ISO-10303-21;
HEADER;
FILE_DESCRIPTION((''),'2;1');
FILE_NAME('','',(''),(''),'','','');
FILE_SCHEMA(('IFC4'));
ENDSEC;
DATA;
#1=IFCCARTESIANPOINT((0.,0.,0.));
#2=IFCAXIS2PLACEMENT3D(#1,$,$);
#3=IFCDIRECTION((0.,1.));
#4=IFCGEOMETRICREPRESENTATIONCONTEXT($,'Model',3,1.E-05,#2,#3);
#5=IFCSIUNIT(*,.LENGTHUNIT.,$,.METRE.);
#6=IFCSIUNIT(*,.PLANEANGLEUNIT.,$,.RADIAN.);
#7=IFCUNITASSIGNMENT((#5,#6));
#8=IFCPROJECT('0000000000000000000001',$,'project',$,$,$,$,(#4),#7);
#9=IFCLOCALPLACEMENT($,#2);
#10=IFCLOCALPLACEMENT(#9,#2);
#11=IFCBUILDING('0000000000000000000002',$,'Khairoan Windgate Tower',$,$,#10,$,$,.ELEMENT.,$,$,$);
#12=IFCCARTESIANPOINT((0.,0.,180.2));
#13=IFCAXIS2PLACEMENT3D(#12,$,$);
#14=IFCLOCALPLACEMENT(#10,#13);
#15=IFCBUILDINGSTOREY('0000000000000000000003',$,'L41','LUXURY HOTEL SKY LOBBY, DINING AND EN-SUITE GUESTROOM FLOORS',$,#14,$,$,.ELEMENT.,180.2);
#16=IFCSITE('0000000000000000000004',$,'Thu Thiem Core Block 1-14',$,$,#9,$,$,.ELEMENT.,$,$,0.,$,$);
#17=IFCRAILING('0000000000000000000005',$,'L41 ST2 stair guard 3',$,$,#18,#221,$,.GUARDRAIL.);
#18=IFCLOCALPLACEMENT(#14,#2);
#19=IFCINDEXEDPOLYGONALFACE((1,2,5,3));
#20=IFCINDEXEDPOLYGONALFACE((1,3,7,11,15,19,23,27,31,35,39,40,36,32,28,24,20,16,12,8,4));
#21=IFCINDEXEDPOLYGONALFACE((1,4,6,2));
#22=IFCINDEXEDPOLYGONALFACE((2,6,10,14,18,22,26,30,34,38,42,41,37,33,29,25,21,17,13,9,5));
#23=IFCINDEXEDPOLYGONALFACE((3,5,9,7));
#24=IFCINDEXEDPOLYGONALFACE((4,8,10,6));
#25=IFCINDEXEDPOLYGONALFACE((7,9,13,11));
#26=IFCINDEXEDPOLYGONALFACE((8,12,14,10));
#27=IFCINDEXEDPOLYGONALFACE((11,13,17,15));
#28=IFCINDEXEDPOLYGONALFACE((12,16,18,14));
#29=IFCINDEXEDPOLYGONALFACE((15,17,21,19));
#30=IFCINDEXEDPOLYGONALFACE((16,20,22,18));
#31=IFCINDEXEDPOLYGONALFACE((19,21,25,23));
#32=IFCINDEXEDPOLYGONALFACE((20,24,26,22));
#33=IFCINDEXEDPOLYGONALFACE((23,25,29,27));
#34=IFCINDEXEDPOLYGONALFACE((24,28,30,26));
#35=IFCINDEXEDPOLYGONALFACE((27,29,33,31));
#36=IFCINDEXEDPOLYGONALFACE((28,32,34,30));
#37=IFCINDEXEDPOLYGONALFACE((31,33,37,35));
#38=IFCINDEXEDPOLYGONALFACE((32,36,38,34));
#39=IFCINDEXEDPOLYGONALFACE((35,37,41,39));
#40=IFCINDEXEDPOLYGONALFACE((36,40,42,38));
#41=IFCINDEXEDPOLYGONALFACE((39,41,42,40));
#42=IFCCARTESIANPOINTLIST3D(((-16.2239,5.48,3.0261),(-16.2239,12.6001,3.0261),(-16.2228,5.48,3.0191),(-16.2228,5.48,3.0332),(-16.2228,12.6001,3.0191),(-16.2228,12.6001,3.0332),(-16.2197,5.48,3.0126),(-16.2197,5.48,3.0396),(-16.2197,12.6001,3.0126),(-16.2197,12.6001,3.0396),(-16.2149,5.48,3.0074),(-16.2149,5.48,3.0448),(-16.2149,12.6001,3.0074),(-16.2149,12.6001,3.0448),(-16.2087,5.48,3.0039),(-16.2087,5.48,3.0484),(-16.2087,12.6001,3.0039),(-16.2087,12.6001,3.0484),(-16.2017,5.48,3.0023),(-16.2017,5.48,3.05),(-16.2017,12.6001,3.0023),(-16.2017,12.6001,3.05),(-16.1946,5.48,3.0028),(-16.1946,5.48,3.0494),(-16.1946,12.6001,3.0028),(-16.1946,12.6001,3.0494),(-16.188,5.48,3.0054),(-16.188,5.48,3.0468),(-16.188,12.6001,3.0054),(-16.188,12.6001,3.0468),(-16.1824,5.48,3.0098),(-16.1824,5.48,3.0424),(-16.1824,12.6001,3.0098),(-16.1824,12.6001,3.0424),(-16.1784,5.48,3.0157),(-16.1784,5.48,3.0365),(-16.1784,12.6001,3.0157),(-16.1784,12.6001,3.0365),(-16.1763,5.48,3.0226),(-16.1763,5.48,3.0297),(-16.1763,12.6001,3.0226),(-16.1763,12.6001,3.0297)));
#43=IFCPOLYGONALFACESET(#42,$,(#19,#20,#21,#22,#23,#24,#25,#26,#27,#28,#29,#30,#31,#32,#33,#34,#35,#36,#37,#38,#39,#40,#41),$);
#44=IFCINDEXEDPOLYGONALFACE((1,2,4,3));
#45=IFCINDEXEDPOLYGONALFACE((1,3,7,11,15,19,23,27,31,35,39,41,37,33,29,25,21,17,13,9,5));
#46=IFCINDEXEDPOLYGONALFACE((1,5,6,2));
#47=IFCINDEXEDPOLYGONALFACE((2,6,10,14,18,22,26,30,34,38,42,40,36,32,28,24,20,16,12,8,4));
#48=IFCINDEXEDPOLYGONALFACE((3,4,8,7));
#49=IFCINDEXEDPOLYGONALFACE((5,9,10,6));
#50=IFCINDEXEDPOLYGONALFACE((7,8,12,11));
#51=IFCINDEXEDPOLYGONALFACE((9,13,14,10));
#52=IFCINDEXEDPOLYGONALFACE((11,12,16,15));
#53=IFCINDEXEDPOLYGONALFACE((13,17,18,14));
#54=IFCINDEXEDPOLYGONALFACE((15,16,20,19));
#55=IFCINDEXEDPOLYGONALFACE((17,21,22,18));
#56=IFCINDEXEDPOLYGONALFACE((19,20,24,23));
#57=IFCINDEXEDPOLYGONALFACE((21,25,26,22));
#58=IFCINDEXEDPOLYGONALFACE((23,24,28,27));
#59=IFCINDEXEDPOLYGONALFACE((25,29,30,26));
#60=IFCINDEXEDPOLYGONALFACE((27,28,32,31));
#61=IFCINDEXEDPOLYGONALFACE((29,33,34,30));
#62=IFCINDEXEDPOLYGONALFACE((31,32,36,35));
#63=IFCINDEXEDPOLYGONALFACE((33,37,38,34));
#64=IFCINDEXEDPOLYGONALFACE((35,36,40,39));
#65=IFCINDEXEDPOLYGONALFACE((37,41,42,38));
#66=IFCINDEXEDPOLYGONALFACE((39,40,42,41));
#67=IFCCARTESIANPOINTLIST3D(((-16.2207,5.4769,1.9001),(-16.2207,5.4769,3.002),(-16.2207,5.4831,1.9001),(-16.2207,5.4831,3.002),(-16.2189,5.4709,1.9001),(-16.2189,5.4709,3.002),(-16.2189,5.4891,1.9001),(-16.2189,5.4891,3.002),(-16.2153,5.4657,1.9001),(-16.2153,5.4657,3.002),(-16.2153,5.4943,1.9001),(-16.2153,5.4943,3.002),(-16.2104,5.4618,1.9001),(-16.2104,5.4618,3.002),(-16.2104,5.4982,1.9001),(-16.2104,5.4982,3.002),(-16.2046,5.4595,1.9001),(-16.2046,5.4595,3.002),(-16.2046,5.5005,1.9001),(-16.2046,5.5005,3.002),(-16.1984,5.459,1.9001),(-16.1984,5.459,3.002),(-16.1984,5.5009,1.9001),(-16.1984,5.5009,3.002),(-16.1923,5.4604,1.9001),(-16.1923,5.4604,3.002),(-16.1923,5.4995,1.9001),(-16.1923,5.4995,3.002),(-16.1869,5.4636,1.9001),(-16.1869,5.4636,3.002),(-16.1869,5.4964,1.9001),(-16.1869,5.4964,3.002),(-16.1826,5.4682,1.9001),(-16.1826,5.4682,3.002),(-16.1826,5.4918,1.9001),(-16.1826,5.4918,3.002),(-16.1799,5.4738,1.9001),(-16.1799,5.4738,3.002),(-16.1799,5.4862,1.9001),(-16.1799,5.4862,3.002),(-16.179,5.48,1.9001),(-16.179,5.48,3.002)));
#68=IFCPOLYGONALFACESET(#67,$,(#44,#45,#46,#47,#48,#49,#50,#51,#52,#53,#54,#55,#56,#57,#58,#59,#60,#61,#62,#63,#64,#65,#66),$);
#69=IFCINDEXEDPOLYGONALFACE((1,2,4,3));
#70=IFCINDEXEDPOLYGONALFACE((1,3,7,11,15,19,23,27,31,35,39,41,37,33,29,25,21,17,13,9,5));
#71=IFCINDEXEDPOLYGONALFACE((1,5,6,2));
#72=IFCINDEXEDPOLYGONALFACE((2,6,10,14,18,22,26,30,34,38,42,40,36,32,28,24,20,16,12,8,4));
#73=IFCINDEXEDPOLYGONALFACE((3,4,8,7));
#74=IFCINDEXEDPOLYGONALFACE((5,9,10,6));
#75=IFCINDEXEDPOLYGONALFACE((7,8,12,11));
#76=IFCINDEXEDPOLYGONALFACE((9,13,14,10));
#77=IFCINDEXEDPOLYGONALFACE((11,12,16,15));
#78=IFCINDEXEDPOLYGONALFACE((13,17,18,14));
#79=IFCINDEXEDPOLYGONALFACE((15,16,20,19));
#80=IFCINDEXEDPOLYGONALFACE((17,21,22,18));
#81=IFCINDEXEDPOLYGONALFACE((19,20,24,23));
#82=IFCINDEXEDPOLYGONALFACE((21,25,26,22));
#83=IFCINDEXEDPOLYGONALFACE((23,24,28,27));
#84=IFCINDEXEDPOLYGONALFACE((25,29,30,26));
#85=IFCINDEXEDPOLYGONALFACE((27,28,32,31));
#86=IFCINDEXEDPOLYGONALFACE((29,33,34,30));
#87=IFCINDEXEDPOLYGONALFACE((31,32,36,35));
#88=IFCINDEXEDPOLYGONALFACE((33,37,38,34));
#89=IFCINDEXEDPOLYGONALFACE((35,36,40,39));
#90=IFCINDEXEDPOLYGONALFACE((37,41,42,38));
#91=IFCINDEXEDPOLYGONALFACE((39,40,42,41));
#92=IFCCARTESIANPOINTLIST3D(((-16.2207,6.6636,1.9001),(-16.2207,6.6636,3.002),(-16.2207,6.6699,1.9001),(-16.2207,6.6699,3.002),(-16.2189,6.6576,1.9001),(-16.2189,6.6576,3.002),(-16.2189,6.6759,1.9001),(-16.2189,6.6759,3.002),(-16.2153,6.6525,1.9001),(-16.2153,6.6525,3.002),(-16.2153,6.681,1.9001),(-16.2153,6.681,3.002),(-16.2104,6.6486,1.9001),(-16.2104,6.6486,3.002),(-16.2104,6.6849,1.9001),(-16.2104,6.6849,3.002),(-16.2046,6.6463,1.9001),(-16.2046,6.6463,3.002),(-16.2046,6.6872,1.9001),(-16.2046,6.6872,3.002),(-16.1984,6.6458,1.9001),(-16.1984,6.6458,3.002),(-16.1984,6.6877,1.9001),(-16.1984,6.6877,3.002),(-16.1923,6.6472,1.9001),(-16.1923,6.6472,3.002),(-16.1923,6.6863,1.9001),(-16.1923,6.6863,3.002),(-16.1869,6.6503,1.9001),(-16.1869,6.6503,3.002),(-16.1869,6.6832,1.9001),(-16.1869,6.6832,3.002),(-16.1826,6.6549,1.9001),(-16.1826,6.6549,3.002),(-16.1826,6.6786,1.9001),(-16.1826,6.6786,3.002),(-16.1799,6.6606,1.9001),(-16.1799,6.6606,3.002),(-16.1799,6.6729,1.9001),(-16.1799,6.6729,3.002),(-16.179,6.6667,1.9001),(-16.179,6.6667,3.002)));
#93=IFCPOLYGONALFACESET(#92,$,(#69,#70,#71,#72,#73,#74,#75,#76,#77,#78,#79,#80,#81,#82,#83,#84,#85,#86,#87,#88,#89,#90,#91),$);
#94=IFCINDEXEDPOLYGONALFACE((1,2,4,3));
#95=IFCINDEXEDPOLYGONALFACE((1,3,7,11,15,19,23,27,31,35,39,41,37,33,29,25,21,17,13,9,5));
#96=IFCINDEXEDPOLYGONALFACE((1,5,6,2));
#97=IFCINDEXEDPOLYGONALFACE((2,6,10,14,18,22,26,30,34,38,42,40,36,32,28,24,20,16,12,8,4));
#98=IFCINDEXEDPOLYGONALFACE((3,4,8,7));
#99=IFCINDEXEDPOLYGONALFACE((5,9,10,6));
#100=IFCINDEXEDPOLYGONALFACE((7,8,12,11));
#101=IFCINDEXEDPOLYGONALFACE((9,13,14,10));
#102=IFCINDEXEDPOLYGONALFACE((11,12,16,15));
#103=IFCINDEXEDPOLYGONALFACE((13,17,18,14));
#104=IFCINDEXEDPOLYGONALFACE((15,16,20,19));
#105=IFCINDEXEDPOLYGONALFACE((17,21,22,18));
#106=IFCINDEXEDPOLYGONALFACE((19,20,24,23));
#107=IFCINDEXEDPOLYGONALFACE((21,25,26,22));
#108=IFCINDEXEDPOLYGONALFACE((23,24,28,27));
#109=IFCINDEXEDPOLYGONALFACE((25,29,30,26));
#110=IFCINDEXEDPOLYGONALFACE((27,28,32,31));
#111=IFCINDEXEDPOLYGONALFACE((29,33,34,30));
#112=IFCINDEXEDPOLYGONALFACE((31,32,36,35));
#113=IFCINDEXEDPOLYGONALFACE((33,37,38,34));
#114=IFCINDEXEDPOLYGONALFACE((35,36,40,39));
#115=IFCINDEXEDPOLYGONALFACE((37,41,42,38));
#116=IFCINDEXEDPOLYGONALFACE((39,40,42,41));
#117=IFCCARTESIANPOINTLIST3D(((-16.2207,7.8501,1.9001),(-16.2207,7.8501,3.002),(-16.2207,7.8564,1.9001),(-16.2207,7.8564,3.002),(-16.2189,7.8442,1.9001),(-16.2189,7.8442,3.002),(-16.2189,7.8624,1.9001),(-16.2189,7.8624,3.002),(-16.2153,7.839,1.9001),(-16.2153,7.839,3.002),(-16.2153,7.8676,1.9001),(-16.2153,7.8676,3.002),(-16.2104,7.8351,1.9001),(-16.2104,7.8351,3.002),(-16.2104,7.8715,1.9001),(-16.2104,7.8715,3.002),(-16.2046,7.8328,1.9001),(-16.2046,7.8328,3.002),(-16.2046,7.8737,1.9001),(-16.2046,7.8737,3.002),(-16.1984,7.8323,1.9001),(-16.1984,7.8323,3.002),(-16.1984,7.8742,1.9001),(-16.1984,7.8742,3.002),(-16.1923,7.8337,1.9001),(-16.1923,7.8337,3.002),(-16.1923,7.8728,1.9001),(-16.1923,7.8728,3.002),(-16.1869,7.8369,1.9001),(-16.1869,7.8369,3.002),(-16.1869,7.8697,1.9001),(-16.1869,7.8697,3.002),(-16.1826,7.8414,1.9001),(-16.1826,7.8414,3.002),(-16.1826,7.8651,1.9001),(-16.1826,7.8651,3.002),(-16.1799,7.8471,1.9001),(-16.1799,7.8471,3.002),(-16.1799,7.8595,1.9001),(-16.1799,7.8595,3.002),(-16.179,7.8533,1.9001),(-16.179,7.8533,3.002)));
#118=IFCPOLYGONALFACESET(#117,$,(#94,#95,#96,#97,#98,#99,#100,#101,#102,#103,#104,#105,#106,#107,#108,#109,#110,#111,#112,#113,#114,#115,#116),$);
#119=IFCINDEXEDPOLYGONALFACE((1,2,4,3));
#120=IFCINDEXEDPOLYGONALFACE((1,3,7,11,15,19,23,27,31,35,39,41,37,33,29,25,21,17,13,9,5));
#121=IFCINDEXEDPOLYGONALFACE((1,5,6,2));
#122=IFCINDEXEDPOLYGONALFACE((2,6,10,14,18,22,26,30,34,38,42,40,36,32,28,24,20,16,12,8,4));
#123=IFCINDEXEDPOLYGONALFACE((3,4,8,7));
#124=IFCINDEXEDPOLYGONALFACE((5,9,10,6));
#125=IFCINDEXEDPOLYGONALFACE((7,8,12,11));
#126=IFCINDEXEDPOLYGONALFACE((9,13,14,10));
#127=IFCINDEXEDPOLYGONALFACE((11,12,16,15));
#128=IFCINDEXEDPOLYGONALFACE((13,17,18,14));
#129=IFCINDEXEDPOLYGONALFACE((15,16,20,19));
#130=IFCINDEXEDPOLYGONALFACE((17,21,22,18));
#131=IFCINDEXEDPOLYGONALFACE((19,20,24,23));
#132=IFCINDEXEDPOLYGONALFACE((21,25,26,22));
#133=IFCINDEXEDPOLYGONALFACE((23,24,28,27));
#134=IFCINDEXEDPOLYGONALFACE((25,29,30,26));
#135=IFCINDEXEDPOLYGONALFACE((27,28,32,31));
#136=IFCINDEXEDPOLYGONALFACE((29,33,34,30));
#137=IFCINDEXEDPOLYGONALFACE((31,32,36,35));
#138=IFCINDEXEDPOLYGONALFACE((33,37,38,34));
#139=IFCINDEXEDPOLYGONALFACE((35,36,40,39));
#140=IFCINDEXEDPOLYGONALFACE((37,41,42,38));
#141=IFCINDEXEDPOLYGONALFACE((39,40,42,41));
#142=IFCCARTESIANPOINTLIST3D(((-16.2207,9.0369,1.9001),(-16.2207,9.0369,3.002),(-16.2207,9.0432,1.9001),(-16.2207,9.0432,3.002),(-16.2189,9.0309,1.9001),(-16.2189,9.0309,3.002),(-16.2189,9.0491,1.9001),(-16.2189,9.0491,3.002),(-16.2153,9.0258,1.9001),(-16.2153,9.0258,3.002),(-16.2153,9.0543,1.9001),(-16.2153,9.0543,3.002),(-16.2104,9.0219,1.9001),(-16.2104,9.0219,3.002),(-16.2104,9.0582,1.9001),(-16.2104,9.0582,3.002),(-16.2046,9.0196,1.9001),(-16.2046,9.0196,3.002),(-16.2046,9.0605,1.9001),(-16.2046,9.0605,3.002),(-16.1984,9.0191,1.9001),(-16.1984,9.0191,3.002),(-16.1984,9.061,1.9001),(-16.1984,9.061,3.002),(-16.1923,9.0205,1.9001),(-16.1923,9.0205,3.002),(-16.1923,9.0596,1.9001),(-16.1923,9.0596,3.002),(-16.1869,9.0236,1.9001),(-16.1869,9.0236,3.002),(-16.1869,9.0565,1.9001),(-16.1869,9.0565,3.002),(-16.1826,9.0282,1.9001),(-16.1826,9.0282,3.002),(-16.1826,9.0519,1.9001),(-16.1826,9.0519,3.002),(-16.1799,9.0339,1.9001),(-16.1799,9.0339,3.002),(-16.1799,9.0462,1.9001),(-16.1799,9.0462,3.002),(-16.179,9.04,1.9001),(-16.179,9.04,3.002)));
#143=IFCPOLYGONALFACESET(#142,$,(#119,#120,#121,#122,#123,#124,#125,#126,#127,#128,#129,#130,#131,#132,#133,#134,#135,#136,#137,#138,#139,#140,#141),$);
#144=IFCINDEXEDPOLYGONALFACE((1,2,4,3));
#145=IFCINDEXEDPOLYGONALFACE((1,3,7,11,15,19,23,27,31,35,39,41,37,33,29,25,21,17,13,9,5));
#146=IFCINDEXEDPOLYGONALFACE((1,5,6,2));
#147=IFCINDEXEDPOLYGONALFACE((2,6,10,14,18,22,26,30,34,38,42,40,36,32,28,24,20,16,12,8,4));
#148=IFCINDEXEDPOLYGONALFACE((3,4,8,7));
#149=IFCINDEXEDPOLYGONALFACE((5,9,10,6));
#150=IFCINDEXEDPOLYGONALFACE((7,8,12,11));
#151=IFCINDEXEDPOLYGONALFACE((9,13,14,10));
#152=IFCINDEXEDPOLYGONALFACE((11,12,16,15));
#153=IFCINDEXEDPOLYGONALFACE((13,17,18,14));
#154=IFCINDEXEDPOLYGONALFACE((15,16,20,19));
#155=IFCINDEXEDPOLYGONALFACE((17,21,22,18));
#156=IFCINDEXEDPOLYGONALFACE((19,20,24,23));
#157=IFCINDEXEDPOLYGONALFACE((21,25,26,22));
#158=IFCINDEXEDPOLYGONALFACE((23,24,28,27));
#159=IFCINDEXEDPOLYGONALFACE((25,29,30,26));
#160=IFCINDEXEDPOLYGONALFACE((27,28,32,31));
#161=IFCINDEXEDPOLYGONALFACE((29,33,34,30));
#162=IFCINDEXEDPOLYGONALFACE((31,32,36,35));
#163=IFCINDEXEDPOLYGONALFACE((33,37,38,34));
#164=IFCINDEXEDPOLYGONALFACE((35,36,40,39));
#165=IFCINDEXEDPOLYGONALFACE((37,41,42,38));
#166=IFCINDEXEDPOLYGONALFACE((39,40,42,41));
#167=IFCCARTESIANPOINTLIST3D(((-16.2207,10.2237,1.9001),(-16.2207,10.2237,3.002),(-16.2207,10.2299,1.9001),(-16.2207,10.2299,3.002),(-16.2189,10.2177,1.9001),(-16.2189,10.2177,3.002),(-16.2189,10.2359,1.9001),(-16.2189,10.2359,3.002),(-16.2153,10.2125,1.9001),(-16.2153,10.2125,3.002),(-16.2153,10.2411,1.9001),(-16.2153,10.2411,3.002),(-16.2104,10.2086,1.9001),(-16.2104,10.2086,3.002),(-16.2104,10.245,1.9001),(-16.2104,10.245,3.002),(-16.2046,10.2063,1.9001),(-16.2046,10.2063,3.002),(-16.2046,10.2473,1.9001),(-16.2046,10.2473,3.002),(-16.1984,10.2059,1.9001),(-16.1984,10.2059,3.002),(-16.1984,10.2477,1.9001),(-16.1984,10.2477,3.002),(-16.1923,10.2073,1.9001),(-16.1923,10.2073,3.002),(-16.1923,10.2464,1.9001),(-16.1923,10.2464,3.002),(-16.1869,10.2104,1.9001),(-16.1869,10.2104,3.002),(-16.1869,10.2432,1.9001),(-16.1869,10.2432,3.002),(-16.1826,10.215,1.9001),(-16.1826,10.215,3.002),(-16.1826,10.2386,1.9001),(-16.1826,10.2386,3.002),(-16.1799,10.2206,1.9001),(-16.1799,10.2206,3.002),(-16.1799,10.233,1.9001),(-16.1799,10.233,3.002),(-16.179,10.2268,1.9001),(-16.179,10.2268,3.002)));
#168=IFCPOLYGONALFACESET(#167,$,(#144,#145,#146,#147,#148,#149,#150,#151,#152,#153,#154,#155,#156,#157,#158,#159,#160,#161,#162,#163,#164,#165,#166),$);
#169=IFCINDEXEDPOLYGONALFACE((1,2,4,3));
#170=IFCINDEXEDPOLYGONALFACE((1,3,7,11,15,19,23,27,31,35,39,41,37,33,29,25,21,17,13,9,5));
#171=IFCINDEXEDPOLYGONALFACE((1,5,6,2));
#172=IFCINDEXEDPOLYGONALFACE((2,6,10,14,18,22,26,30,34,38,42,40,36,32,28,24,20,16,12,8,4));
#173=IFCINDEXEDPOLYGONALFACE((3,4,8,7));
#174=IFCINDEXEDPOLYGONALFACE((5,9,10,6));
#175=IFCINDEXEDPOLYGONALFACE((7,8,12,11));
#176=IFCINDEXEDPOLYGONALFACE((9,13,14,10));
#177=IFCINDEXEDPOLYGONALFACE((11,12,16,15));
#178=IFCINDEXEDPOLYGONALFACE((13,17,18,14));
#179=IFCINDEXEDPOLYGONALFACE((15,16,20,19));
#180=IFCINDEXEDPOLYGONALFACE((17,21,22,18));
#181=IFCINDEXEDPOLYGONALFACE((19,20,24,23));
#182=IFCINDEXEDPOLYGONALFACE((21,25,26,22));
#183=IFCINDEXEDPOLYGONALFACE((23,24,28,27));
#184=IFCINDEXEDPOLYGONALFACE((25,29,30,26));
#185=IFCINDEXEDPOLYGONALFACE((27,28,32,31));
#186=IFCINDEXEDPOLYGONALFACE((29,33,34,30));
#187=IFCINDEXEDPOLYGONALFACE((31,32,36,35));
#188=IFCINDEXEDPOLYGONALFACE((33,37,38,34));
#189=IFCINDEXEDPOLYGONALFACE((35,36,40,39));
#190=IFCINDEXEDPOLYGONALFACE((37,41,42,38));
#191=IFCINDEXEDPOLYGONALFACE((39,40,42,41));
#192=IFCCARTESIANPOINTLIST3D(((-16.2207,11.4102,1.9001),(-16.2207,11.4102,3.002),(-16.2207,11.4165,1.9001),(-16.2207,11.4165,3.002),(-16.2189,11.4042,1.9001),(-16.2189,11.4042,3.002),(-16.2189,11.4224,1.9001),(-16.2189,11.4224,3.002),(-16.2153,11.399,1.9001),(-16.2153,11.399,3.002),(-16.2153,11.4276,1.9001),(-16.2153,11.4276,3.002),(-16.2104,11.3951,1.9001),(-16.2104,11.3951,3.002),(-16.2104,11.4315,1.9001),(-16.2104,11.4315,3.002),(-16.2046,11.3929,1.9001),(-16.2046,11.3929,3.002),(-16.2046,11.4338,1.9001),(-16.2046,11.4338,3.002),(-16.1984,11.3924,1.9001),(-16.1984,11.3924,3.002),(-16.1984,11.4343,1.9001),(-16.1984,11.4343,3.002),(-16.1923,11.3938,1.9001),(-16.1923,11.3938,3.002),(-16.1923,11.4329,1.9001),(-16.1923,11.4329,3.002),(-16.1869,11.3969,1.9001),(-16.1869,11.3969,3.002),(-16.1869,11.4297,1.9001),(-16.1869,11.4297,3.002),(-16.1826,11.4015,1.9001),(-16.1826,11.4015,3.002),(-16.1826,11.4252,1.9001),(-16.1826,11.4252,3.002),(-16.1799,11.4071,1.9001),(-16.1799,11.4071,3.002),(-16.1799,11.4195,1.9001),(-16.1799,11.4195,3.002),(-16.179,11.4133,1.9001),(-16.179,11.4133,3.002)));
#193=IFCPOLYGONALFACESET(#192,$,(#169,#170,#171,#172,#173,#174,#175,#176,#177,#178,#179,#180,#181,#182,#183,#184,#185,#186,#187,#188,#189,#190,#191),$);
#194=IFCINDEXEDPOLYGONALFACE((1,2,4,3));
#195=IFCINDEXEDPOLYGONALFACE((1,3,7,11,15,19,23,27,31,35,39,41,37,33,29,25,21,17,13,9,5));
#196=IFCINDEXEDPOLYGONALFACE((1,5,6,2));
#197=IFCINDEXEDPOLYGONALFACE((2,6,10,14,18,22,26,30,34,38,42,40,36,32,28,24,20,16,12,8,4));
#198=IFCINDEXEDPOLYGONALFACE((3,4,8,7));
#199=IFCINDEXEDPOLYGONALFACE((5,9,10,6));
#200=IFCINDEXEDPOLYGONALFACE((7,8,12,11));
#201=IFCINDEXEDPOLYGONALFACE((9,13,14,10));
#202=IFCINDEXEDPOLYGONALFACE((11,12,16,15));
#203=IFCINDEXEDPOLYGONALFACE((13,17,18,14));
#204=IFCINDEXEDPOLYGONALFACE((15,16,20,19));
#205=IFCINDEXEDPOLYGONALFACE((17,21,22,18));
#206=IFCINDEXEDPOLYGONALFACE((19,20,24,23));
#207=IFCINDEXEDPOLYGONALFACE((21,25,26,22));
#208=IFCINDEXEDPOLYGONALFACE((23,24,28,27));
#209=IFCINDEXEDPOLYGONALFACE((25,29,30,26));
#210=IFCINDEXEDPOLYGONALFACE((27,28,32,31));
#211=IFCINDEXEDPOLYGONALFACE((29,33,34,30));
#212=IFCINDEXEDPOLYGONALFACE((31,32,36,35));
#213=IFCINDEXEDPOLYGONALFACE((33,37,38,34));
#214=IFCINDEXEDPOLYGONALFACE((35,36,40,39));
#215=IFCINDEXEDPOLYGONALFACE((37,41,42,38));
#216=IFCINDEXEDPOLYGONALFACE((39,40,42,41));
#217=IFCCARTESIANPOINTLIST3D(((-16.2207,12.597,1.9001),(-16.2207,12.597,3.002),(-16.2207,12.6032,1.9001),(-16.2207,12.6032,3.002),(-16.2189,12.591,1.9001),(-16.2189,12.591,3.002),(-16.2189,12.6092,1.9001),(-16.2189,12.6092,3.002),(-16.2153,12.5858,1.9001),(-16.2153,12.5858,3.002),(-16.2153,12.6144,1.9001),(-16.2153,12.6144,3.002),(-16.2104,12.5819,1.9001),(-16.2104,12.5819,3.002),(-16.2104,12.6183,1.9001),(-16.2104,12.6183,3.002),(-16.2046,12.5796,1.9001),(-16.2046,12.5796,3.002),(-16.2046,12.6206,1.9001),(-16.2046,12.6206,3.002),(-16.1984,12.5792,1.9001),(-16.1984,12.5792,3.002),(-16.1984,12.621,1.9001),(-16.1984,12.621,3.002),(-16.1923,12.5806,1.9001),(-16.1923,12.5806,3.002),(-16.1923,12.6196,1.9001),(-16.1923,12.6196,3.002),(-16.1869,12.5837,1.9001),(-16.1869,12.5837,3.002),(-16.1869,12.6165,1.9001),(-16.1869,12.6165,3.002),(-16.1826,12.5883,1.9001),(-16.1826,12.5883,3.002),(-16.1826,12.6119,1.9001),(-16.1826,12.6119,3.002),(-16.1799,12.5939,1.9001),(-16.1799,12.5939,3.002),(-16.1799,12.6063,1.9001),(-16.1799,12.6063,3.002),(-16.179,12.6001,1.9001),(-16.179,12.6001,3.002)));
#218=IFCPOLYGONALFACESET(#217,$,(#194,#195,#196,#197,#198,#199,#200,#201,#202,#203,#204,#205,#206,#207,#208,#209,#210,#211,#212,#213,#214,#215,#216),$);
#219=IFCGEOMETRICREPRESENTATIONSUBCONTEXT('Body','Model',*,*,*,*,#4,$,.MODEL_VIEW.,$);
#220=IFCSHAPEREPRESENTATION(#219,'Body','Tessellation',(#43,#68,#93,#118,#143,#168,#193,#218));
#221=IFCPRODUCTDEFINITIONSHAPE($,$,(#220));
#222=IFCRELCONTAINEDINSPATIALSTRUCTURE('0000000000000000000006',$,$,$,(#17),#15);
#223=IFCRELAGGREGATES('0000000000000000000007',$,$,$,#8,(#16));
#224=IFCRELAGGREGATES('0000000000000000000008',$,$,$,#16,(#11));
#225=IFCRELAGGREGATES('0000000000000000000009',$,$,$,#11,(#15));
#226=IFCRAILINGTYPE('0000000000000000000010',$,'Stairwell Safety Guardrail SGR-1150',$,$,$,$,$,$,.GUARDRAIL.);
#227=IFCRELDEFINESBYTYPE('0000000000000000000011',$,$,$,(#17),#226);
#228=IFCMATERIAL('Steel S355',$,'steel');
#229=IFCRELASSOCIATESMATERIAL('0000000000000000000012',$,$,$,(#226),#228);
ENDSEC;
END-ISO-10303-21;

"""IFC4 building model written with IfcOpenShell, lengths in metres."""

from ifc_helpers import new_model, si_unit, direction, frame, origin, origin_2d, place, context, subcontext, project, spatial, circle, extrude, material, type_object, element, save


model = new_model("IFC4")

# Units and contexts
model_context = context("Model", 3, precision=1e-05, world=origin(), true_north=direction((0.0, 1.0)))
body_context = subcontext(model_context, "Body", "Model", "MODEL_VIEW")
ifc_project = project(units=[si_unit("LENGTHUNIT", "METRE"), si_unit("PLANEANGLEUNIT", "RADIAN")], contexts=[model_context])

# Site, building, storey
site_placement = place(None, origin())
site = spatial("IfcSite", under=ifc_project, at=site_placement, Name="Thu Thiem Core Block 1-14", CompositionType="ELEMENT", RefElevation=0.0)
building_placement = place(site_placement, origin())
building = spatial("IfcBuilding", under=site, at=building_placement, Name="Khairoan Windgate Tower", CompositionType="ELEMENT")
storey_placement = place(building_placement, frame((0.0, 0.0, 180.2)))
storey = spatial("IfcBuildingStorey", under=building, at=storey_placement, Name="L41", Description="LUXURY HOTEL SKY LOBBY, DINING AND EN-SUITE GUESTROOM FLOORS", CompositionType="ELEMENT", Elevation=180.2)

# Railing
ifc_material_1 = material(Name="Steel S355", Category="steel")
railing_type_1 = type_object("IfcRailingType", Name="Stairwell Safety Guardrail SGR-1150", PredefinedType="GUARDRAIL", material=ifc_material_1)
railing_1_placement = place(storey_placement, frame((-16.2, 5.48, 1.9001)))
element("IfcRailing", 1, at=railing_1_placement, inside=storey, type_object=railing_type_1, Name="L41 ST2 stair guard 3", PredefinedType="GUARDRAIL", context=body_context, shape_type="SweptSolid", body=[
    extrude(circle(Radius=0.0239, at=origin_2d()), frame((0.0, 0.0, 1.126), z_axis=(0.0, 1.0, 0.0), x_axis=(-1.0, 0.0, 0.0)), (0.0, 0.0, 1.0), 7.1201),
    extrude(circle(Radius=0.021, at=origin_2d()), origin(), (0.0, 0.0, 1.0), 1.1018),
    extrude(circle(Radius=0.021, at=origin_2d()), frame((0.0, 1.1868, 0.0)), (0.0, 0.0, 1.0), 1.1018),
    extrude(circle(Radius=0.021, at=origin_2d()), frame((0.0, 2.3733, 0.0)), (0.0, 0.0, 1.0), 1.1018),
    extrude(circle(Radius=0.021, at=origin_2d()), frame((0.0, 3.5601, 0.0)), (0.0, 0.0, 1.0), 1.1018),
    extrude(circle(Radius=0.021, at=origin_2d()), frame((0.0, 4.7468, 0.0)), (0.0, 0.0, 1.0), 1.1018),
    extrude(circle(Radius=0.021, at=origin_2d()), frame((0.0, 5.9333, 0.0)), (0.0, 0.0, 1.0), 1.1018),
    extrude(circle(Radius=0.021, at=origin_2d()), frame((0.0, 7.1201, 0.0)), (0.0, 0.0, 1.0), 1.1018),
])

save(model, "model.ifc")
